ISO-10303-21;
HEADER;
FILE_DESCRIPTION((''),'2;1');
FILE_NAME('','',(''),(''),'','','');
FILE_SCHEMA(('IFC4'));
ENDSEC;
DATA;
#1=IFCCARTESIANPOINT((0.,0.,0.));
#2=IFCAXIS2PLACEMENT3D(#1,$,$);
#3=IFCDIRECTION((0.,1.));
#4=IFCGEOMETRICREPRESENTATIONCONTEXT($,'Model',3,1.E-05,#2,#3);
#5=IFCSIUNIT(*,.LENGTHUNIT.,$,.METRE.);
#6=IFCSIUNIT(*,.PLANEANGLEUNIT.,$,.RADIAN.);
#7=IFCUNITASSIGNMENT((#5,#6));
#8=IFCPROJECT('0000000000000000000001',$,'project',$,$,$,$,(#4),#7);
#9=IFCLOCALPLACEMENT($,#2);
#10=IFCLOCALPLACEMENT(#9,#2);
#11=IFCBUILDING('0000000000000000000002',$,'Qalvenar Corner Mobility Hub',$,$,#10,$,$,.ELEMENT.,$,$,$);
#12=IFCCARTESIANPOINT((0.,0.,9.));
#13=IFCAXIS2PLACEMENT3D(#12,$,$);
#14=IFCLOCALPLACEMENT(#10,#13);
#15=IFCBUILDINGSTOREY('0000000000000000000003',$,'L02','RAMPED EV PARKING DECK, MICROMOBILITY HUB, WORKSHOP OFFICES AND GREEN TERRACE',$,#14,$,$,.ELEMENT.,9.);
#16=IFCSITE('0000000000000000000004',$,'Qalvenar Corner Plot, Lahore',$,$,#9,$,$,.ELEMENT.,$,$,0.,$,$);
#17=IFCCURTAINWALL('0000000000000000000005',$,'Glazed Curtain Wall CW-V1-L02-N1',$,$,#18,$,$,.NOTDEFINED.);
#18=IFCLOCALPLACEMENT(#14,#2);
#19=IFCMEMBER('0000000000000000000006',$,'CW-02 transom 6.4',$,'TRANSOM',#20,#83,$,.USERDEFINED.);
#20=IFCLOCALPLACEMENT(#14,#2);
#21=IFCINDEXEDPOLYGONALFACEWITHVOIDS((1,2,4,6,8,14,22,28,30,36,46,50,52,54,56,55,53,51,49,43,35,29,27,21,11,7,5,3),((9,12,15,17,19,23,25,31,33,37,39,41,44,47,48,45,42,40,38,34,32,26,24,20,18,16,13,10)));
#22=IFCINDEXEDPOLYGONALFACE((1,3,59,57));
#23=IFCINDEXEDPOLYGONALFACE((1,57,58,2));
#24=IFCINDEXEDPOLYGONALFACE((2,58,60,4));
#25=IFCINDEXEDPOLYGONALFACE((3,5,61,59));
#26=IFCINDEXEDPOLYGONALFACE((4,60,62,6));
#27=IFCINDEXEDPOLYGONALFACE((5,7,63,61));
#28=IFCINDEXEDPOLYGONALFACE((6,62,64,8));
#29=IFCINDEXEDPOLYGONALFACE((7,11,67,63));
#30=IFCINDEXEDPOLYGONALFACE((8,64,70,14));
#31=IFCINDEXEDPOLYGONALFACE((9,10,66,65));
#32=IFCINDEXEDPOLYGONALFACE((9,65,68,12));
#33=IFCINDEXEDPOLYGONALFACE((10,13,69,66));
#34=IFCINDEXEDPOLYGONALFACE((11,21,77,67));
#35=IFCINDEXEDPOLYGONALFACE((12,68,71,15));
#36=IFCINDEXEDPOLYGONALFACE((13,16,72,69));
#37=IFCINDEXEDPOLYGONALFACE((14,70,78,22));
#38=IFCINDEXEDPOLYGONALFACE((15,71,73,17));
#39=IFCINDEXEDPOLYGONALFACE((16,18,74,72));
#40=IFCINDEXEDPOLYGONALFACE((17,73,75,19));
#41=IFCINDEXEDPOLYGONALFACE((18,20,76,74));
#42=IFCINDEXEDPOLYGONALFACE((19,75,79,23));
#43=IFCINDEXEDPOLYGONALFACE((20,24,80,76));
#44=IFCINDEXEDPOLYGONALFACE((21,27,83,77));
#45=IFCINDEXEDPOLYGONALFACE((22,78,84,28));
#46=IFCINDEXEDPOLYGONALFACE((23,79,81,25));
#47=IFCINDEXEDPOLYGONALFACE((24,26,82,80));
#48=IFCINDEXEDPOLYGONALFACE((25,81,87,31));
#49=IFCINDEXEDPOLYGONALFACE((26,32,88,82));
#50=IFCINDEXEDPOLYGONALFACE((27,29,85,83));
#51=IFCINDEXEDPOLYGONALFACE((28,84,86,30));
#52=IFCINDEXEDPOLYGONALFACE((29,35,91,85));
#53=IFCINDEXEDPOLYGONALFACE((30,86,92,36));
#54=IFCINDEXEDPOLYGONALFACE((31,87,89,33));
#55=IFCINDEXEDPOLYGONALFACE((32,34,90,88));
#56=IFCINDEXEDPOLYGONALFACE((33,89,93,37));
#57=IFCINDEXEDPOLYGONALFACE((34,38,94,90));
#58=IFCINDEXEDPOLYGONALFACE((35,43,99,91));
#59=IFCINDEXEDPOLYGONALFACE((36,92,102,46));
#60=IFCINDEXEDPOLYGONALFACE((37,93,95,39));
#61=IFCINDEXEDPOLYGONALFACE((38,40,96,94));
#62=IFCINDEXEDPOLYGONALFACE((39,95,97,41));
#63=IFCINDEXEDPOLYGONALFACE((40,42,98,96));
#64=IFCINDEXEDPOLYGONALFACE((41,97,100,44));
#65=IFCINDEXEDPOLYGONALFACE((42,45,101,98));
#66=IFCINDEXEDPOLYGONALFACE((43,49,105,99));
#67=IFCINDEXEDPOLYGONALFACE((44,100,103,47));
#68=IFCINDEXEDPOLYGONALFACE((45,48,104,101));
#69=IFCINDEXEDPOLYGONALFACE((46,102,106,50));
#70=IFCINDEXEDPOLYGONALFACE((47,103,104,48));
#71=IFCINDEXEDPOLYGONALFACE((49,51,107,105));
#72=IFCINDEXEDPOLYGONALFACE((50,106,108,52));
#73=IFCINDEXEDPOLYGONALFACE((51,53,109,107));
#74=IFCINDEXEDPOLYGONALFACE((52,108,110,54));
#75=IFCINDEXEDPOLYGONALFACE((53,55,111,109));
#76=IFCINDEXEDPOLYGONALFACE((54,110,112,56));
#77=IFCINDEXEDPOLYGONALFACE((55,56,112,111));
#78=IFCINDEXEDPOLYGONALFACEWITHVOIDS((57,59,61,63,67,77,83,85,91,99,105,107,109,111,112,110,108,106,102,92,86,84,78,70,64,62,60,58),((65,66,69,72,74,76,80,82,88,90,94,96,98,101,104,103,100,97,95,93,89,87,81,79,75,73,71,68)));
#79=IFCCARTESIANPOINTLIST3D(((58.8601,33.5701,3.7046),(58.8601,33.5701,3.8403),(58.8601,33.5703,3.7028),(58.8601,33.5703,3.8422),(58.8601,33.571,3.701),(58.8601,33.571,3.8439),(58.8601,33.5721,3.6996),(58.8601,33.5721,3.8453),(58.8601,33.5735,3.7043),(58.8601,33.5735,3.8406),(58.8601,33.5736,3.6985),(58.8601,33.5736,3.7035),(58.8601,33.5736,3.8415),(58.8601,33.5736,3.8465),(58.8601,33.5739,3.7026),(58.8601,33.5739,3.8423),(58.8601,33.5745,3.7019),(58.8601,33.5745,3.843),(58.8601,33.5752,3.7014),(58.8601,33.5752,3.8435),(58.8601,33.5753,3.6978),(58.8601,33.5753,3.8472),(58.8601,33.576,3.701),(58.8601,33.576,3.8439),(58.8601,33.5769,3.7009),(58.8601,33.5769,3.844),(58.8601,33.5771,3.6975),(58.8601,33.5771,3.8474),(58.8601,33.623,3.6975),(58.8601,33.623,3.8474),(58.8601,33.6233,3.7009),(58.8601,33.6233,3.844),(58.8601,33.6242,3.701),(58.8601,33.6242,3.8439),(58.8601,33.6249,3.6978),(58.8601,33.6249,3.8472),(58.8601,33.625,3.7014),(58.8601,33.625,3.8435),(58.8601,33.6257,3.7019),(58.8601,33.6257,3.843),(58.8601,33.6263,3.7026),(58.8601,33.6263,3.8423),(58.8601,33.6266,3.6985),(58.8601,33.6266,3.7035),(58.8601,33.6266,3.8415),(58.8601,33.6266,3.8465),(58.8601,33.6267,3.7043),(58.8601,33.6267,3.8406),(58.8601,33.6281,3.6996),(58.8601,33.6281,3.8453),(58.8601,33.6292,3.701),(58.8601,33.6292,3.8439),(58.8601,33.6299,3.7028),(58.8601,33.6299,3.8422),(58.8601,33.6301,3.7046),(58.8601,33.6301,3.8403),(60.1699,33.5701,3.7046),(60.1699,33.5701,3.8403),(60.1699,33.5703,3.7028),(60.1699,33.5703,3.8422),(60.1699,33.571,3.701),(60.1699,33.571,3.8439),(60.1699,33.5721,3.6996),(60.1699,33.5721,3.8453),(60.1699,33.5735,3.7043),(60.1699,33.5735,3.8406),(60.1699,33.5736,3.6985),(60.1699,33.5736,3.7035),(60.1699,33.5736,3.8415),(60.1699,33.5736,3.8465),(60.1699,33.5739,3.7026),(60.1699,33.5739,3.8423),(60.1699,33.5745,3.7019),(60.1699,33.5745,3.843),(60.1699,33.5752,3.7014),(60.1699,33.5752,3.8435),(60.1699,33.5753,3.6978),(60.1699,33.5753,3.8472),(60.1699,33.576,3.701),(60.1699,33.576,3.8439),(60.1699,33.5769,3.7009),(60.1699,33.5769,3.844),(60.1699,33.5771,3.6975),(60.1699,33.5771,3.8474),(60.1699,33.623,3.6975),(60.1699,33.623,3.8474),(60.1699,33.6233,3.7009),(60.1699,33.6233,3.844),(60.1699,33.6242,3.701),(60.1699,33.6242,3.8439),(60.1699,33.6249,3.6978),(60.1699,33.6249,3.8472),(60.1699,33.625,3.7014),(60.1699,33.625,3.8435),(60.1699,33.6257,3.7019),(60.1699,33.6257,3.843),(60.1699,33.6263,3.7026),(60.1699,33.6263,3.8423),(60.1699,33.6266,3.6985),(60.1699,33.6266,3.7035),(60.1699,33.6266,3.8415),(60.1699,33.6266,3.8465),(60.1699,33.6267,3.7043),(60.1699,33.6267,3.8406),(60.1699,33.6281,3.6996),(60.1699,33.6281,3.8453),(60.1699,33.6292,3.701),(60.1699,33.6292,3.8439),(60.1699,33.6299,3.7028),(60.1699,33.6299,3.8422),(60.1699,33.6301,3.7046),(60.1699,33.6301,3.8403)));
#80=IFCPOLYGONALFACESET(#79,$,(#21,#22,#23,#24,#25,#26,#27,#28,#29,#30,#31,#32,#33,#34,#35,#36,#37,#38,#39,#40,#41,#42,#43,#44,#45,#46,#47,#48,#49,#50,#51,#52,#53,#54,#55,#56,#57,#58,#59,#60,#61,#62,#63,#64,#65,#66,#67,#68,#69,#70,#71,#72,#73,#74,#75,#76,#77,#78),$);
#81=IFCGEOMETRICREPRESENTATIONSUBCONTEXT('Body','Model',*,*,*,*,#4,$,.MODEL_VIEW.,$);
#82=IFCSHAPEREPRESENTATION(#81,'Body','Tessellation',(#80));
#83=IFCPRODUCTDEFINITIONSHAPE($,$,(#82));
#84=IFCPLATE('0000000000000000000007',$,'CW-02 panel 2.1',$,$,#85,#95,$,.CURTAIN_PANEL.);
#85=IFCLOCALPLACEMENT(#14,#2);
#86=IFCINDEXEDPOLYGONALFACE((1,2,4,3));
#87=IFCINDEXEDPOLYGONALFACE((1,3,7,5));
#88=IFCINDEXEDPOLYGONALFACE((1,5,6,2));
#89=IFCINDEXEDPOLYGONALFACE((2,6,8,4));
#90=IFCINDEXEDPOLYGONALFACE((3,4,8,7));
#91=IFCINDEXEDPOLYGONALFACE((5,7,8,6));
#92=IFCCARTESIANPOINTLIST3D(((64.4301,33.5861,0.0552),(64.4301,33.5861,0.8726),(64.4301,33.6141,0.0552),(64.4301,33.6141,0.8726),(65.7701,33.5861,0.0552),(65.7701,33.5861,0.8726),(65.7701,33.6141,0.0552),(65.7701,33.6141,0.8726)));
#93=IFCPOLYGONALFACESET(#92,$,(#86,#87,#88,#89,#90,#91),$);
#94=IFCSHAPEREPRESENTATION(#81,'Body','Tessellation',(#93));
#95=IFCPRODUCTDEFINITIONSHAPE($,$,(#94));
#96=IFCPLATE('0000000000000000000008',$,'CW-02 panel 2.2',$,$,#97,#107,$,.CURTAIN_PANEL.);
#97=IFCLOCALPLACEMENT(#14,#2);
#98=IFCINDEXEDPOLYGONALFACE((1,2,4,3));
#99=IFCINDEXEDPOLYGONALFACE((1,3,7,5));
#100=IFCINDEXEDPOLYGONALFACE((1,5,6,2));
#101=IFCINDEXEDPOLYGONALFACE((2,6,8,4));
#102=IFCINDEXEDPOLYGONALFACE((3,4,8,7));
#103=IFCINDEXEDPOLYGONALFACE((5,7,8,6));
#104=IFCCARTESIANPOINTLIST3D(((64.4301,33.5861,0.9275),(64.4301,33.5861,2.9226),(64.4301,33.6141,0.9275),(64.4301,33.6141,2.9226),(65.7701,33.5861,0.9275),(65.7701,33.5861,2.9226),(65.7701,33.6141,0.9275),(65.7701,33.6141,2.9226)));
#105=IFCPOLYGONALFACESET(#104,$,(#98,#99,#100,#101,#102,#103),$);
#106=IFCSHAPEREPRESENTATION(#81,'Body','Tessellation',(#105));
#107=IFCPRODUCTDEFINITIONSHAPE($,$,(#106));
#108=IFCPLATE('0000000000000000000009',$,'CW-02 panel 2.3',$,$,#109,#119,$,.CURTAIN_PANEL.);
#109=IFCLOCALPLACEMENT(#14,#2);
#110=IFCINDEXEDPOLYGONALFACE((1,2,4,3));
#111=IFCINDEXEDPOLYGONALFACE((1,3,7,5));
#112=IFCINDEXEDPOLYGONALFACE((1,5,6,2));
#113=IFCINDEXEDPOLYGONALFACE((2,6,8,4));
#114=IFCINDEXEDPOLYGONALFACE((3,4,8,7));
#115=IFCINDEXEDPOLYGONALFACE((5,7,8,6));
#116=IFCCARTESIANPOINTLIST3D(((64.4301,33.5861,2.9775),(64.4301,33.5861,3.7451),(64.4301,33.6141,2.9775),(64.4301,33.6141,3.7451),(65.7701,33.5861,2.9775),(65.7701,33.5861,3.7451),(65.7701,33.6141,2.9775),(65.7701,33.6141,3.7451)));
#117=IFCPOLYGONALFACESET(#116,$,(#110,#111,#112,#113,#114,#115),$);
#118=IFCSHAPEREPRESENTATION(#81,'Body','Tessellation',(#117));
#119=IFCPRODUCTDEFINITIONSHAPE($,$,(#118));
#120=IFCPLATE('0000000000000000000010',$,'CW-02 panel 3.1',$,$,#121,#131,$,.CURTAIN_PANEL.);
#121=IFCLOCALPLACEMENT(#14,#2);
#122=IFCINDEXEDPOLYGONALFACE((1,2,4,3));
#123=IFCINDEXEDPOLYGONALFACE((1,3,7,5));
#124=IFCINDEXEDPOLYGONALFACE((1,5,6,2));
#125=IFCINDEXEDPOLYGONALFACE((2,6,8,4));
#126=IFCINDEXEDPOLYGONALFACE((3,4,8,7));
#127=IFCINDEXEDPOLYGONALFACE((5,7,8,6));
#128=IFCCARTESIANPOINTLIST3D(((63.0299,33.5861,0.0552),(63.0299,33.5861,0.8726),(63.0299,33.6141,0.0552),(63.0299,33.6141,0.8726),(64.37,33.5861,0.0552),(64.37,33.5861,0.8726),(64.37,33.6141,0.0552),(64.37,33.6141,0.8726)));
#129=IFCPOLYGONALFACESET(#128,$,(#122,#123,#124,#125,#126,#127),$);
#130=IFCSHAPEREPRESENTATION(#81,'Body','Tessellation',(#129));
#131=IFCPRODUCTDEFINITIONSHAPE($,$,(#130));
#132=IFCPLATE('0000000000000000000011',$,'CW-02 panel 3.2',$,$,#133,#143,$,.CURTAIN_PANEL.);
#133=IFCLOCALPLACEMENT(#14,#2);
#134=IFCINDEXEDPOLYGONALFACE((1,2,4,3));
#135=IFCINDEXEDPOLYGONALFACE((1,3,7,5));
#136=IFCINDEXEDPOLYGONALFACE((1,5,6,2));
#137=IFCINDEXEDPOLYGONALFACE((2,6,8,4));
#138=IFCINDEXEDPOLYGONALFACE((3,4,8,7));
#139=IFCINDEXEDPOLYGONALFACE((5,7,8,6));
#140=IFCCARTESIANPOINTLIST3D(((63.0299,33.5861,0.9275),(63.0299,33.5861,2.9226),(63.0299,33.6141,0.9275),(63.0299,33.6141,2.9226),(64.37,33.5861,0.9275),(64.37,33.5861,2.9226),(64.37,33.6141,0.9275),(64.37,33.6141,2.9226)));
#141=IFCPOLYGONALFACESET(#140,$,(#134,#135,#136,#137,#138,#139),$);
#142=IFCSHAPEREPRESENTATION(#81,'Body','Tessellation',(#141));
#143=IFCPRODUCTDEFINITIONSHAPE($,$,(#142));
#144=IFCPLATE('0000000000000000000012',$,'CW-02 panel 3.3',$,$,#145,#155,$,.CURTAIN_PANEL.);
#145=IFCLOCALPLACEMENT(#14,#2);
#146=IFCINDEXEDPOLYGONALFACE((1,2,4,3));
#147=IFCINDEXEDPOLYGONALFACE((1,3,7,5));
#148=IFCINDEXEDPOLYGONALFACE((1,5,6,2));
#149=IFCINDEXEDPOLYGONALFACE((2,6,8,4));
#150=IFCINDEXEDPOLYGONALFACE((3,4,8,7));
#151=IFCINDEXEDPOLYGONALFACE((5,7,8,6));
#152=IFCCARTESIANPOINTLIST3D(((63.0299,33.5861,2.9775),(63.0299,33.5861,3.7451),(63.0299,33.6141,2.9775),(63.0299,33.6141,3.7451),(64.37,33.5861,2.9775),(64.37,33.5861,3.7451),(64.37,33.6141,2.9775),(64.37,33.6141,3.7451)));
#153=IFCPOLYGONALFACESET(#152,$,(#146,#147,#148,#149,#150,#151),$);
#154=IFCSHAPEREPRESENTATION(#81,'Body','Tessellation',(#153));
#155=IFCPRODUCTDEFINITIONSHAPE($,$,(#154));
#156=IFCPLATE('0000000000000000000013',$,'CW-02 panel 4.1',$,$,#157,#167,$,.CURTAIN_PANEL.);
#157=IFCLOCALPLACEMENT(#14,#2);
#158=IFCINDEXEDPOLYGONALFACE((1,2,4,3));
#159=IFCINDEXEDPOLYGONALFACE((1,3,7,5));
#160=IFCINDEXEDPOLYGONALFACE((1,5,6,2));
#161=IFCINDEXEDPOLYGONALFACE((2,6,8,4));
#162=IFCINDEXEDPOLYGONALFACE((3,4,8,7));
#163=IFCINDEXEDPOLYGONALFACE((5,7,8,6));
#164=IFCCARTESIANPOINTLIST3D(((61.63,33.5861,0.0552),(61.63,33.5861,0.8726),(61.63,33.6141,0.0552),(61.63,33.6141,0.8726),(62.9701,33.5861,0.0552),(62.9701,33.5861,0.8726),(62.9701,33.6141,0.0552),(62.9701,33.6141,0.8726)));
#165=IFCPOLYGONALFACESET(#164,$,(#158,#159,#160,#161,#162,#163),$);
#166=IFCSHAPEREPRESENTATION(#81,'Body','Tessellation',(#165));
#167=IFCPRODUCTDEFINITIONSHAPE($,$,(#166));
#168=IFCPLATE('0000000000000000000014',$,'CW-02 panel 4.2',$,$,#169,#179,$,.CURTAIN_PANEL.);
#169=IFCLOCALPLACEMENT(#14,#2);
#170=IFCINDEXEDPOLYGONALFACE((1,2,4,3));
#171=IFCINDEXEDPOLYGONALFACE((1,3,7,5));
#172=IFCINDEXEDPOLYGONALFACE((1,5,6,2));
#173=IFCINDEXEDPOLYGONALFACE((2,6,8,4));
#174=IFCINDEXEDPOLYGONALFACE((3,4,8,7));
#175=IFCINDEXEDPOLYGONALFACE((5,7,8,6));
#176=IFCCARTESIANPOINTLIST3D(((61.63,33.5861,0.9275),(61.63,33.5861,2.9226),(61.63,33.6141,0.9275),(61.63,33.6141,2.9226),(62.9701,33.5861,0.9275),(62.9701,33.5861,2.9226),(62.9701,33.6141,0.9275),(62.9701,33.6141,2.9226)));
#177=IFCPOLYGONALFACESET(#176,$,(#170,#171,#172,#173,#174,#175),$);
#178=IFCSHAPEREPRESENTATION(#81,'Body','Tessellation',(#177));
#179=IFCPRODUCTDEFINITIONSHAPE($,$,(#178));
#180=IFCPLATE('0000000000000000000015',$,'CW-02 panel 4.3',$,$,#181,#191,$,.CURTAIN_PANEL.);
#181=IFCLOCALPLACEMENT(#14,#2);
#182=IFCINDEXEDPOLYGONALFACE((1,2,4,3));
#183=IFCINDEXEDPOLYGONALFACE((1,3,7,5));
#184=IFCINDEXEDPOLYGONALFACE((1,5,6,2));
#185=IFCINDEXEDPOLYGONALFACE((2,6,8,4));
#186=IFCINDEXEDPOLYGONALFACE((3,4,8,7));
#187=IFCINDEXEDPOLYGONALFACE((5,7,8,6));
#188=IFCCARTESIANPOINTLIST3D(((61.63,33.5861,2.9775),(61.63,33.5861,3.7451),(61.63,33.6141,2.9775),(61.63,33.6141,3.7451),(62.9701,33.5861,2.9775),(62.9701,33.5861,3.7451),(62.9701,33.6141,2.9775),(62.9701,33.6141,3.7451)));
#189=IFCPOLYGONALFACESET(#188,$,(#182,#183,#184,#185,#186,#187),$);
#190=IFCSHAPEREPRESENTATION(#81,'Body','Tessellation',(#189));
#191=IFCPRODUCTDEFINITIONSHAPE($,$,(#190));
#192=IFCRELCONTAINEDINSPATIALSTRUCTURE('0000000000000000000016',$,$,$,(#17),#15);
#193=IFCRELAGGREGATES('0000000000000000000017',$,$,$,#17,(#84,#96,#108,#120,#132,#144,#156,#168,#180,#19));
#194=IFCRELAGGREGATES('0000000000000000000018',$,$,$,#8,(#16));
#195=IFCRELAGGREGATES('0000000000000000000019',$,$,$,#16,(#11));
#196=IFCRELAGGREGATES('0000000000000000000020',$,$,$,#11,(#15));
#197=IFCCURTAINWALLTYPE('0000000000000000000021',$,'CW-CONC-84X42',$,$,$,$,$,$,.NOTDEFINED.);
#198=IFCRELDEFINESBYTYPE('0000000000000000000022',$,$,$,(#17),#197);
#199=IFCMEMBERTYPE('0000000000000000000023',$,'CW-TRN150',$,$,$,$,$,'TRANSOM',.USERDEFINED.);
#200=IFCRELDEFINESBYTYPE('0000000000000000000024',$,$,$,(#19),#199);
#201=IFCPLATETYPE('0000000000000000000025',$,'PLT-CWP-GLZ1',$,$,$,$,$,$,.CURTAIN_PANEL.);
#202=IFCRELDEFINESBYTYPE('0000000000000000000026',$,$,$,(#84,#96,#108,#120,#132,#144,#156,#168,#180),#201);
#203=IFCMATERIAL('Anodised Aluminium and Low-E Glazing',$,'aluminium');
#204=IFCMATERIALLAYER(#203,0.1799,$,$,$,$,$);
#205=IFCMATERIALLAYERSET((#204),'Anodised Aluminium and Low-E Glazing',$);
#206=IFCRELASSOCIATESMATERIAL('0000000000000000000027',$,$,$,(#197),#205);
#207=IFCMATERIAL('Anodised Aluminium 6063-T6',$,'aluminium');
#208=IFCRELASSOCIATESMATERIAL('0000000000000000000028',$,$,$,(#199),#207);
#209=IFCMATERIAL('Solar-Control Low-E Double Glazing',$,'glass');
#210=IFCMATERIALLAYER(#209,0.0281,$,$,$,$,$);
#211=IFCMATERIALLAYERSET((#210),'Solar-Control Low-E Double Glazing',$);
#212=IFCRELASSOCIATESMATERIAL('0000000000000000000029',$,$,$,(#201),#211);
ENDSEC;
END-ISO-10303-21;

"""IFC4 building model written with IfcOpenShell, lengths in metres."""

from ifc_helpers import new_model, si_unit, direction, frame, origin, origin_2d, place, context, subcontext, project, spatial, rectangle, hollow_rectangle, extrude, material, layer, layer_set, material_profile, profile_set, type_object, element, aggregate, save


model = new_model("IFC4")

# Units and contexts
model_context = context("Model", 3, precision=1e-05, world=origin(), true_north=direction((0.0, 1.0)))
body_context = subcontext(model_context, "Body", "Model", "MODEL_VIEW")
ifc_project = project(units=[si_unit("LENGTHUNIT", "METRE"), si_unit("PLANEANGLEUNIT", "RADIAN")], contexts=[model_context])

# Site, building, storey
site_placement = place(None, origin())
site = spatial("IfcSite", under=ifc_project, at=site_placement, Name="Qalvenar Corner Plot, Lahore", CompositionType="ELEMENT", RefElevation=0.0)
building_placement = place(site_placement, origin())
building = spatial("IfcBuilding", under=site, at=building_placement, Name="Qalvenar Corner Mobility Hub", CompositionType="ELEMENT")
storey_placement = place(building_placement, frame((0.0, 0.0, 9.0)))
storey = spatial("IfcBuildingStorey", under=building, at=storey_placement, Name="L02", Description="RAMPED EV PARKING DECK, MICROMOBILITY HUB, WORKSHOP OFFICES AND GREEN TERRACE", CompositionType="ELEMENT", Elevation=9.0)

# Shared definitions
ifc_material_1 = material(Name="Anodised Aluminium and Low-E Glazing", Category="aluminium")
ifc_material_2 = material(Name="Anodised Aluminium 6063-T6", Category="aluminium")

# Curtain wall, member, plates
ifc_layer_1 = layer(ifc_material_1, 0.1799)
ifc_layer_set_1 = layer_set([ifc_layer_1], Name="Anodised Aluminium and Low-E Glazing")
curtain_wall_type_1 = type_object("IfcCurtainWallType", Name="CW-CONC-84X42", PredefinedType="NOTDEFINED", material=ifc_layer_set_1)
curtain_wall_1_placement = place(storey_placement, origin())
curtain_wall_1 = element("IfcCurtainWall", 1, at=curtain_wall_1_placement, inside=storey, type_object=curtain_wall_type_1, Name="Glazed Curtain Wall CW-V1-L02-N1", PredefinedType="NOTDEFINED")
ifc_material_profile_1 = material_profile(ifc_material_2, hollow_rectangle(XDim=0.0601, YDim=0.1499, WallThickness=0.0034, InnerFilletRadius=0.0034, OuterFilletRadius=0.0071, at=origin_2d()), Name="RHS150x60x3.5")
ifc_profile_set_1 = profile_set([ifc_material_profile_1], Name="Anodised Aluminium 6063-T6")
member_type_1 = type_object("IfcMemberType", Name="CW-TRN150", ElementType="TRANSOM", PredefinedType="USERDEFINED", material=ifc_profile_set_1)
member_1_placement = place(storey_placement, frame((60.1699, 33.6001, 3.7725), z_axis=(-1.0, 0.0, 0.0), x_axis=(0.0, -1.0, 0.0)))
member_1 = element("IfcMember", 2, at=member_1_placement, type_object=member_type_1, Name="CW-02 transom 6.4", ObjectType="TRANSOM", PredefinedType="USERDEFINED", context=body_context, shape_type="SweptSolid", body=[
    extrude(hollow_rectangle(XDim=0.0601, YDim=0.1499, WallThickness=0.0034, InnerFilletRadius=0.0034, OuterFilletRadius=0.0071, at=origin_2d()), origin(), (0.0, 0.0, 1.0), 1.3098),
])
ifc_material_3 = material(Name="Solar-Control Low-E Double Glazing", Category="glass")
ifc_layer_2 = layer(ifc_material_3, 0.0281)
ifc_layer_set_2 = layer_set([ifc_layer_2], Name="Solar-Control Low-E Double Glazing")
plate_type = type_object("IfcPlateType", Name="PLT-CWP-GLZ1", PredefinedType="CURTAIN_PANEL", material=ifc_layer_set_2)
plate_1_placement = place(storey_placement, frame((65.1001, 33.6001, 0.0552), z_axis=(0.0, 0.0, 1.0), x_axis=(-1.0, 0.0, 0.0)))
plate_1 = element("IfcPlate", 3, at=plate_1_placement, type_object=plate_type, Name="CW-02 panel 2.1", PredefinedType="CURTAIN_PANEL", context=body_context, shape_type="SweptSolid", body=[
    extrude(rectangle(XDim=1.3401, YDim=0.0281, at=origin_2d()), origin(), (0.0, 0.0, 1.0), 0.8174),
])
plate_2_placement = place(storey_placement, frame((65.1001, 33.6001, 0.9275), z_axis=(0.0, 0.0, 1.0), x_axis=(-1.0, 0.0, 0.0)))
plate_2 = element("IfcPlate", 4, at=plate_2_placement, type_object=plate_type, Name="CW-02 panel 2.2", PredefinedType="CURTAIN_PANEL", context=body_context, shape_type="SweptSolid", body=[
    extrude(rectangle(XDim=1.3401, YDim=0.0281, at=origin_2d()), origin(), (0.0, 0.0, 1.0), 1.9951),
])
plate_3_placement = place(storey_placement, frame((65.1001, 33.6001, 2.9775), z_axis=(0.0, 0.0, 1.0), x_axis=(-1.0, 0.0, 0.0)))
plate_3 = element("IfcPlate", 5, at=plate_3_placement, type_object=plate_type, Name="CW-02 panel 2.3", PredefinedType="CURTAIN_PANEL", context=body_context, shape_type="SweptSolid", body=[
    extrude(rectangle(XDim=1.3401, YDim=0.0281, at=origin_2d()), origin(), (0.0, 0.0, 1.0), 0.7676),
])
plate_4_placement = place(storey_placement, frame((63.7, 33.6001, 0.0552), z_axis=(0.0, 0.0, 1.0), x_axis=(-1.0, 0.0, 0.0)))
plate_4 = element("IfcPlate", 6, at=plate_4_placement, type_object=plate_type, Name="CW-02 panel 3.1", PredefinedType="CURTAIN_PANEL", context=body_context, shape_type="SweptSolid", body=[
    extrude(rectangle(XDim=1.3401, YDim=0.0281, at=origin_2d()), origin(), (0.0, 0.0, 1.0), 0.8174),
])
plate_5_placement = place(storey_placement, frame((63.7, 33.6001, 0.9275), z_axis=(0.0, 0.0, 1.0), x_axis=(-1.0, 0.0, 0.0)))
plate_5 = element("IfcPlate", 7, at=plate_5_placement, type_object=plate_type, Name="CW-02 panel 3.2", PredefinedType="CURTAIN_PANEL", context=body_context, shape_type="SweptSolid", body=[
    extrude(rectangle(XDim=1.3401, YDim=0.0281, at=origin_2d()), origin(), (0.0, 0.0, 1.0), 1.9951),
])
plate_6_placement = place(storey_placement, frame((63.7, 33.6001, 2.9775), z_axis=(0.0, 0.0, 1.0), x_axis=(-1.0, 0.0, 0.0)))
plate_6 = element("IfcPlate", 8, at=plate_6_placement, type_object=plate_type, Name="CW-02 panel 3.3", PredefinedType="CURTAIN_PANEL", context=body_context, shape_type="SweptSolid", body=[
    extrude(rectangle(XDim=1.3401, YDim=0.0281, at=origin_2d()), origin(), (0.0, 0.0, 1.0), 0.7676),
])
plate_7_placement = place(storey_placement, frame((62.3, 33.6001, 0.0552), z_axis=(0.0, 0.0, 1.0), x_axis=(-1.0, 0.0, 0.0)))
plate_7 = element("IfcPlate", 9, at=plate_7_placement, type_object=plate_type, Name="CW-02 panel 4.1", PredefinedType="CURTAIN_PANEL", context=body_context, shape_type="SweptSolid", body=[
    extrude(rectangle(XDim=1.3401, YDim=0.0281, at=origin_2d()), origin(), (0.0, 0.0, 1.0), 0.8174),
])
plate_8_placement = place(storey_placement, frame((62.3, 33.6001, 0.9275), z_axis=(0.0, 0.0, 1.0), x_axis=(-1.0, 0.0, 0.0)))
plate_8 = element("IfcPlate", 10, at=plate_8_placement, type_object=plate_type, Name="CW-02 panel 4.2", PredefinedType="CURTAIN_PANEL", context=body_context, shape_type="SweptSolid", body=[
    extrude(rectangle(XDim=1.3401, YDim=0.0281, at=origin_2d()), origin(), (0.0, 0.0, 1.0), 1.9951),
])
plate_9_placement = place(storey_placement, frame((62.3, 33.6001, 2.9775), z_axis=(0.0, 0.0, 1.0), x_axis=(-1.0, 0.0, 0.0)))
plate_9 = element("IfcPlate", 11, at=plate_9_placement, type_object=plate_type, Name="CW-02 panel 4.3", PredefinedType="CURTAIN_PANEL", context=body_context, shape_type="SweptSolid", body=[
    extrude(rectangle(XDim=1.3401, YDim=0.0281, at=origin_2d()), origin(), (0.0, 0.0, 1.0), 0.7676),
])
aggregate(curtain_wall_1, [plate_1, plate_2, plate_3, plate_4, plate_5, plate_6, plate_7, plate_8, plate_9, member_1])

save(model, "model.ifc")
